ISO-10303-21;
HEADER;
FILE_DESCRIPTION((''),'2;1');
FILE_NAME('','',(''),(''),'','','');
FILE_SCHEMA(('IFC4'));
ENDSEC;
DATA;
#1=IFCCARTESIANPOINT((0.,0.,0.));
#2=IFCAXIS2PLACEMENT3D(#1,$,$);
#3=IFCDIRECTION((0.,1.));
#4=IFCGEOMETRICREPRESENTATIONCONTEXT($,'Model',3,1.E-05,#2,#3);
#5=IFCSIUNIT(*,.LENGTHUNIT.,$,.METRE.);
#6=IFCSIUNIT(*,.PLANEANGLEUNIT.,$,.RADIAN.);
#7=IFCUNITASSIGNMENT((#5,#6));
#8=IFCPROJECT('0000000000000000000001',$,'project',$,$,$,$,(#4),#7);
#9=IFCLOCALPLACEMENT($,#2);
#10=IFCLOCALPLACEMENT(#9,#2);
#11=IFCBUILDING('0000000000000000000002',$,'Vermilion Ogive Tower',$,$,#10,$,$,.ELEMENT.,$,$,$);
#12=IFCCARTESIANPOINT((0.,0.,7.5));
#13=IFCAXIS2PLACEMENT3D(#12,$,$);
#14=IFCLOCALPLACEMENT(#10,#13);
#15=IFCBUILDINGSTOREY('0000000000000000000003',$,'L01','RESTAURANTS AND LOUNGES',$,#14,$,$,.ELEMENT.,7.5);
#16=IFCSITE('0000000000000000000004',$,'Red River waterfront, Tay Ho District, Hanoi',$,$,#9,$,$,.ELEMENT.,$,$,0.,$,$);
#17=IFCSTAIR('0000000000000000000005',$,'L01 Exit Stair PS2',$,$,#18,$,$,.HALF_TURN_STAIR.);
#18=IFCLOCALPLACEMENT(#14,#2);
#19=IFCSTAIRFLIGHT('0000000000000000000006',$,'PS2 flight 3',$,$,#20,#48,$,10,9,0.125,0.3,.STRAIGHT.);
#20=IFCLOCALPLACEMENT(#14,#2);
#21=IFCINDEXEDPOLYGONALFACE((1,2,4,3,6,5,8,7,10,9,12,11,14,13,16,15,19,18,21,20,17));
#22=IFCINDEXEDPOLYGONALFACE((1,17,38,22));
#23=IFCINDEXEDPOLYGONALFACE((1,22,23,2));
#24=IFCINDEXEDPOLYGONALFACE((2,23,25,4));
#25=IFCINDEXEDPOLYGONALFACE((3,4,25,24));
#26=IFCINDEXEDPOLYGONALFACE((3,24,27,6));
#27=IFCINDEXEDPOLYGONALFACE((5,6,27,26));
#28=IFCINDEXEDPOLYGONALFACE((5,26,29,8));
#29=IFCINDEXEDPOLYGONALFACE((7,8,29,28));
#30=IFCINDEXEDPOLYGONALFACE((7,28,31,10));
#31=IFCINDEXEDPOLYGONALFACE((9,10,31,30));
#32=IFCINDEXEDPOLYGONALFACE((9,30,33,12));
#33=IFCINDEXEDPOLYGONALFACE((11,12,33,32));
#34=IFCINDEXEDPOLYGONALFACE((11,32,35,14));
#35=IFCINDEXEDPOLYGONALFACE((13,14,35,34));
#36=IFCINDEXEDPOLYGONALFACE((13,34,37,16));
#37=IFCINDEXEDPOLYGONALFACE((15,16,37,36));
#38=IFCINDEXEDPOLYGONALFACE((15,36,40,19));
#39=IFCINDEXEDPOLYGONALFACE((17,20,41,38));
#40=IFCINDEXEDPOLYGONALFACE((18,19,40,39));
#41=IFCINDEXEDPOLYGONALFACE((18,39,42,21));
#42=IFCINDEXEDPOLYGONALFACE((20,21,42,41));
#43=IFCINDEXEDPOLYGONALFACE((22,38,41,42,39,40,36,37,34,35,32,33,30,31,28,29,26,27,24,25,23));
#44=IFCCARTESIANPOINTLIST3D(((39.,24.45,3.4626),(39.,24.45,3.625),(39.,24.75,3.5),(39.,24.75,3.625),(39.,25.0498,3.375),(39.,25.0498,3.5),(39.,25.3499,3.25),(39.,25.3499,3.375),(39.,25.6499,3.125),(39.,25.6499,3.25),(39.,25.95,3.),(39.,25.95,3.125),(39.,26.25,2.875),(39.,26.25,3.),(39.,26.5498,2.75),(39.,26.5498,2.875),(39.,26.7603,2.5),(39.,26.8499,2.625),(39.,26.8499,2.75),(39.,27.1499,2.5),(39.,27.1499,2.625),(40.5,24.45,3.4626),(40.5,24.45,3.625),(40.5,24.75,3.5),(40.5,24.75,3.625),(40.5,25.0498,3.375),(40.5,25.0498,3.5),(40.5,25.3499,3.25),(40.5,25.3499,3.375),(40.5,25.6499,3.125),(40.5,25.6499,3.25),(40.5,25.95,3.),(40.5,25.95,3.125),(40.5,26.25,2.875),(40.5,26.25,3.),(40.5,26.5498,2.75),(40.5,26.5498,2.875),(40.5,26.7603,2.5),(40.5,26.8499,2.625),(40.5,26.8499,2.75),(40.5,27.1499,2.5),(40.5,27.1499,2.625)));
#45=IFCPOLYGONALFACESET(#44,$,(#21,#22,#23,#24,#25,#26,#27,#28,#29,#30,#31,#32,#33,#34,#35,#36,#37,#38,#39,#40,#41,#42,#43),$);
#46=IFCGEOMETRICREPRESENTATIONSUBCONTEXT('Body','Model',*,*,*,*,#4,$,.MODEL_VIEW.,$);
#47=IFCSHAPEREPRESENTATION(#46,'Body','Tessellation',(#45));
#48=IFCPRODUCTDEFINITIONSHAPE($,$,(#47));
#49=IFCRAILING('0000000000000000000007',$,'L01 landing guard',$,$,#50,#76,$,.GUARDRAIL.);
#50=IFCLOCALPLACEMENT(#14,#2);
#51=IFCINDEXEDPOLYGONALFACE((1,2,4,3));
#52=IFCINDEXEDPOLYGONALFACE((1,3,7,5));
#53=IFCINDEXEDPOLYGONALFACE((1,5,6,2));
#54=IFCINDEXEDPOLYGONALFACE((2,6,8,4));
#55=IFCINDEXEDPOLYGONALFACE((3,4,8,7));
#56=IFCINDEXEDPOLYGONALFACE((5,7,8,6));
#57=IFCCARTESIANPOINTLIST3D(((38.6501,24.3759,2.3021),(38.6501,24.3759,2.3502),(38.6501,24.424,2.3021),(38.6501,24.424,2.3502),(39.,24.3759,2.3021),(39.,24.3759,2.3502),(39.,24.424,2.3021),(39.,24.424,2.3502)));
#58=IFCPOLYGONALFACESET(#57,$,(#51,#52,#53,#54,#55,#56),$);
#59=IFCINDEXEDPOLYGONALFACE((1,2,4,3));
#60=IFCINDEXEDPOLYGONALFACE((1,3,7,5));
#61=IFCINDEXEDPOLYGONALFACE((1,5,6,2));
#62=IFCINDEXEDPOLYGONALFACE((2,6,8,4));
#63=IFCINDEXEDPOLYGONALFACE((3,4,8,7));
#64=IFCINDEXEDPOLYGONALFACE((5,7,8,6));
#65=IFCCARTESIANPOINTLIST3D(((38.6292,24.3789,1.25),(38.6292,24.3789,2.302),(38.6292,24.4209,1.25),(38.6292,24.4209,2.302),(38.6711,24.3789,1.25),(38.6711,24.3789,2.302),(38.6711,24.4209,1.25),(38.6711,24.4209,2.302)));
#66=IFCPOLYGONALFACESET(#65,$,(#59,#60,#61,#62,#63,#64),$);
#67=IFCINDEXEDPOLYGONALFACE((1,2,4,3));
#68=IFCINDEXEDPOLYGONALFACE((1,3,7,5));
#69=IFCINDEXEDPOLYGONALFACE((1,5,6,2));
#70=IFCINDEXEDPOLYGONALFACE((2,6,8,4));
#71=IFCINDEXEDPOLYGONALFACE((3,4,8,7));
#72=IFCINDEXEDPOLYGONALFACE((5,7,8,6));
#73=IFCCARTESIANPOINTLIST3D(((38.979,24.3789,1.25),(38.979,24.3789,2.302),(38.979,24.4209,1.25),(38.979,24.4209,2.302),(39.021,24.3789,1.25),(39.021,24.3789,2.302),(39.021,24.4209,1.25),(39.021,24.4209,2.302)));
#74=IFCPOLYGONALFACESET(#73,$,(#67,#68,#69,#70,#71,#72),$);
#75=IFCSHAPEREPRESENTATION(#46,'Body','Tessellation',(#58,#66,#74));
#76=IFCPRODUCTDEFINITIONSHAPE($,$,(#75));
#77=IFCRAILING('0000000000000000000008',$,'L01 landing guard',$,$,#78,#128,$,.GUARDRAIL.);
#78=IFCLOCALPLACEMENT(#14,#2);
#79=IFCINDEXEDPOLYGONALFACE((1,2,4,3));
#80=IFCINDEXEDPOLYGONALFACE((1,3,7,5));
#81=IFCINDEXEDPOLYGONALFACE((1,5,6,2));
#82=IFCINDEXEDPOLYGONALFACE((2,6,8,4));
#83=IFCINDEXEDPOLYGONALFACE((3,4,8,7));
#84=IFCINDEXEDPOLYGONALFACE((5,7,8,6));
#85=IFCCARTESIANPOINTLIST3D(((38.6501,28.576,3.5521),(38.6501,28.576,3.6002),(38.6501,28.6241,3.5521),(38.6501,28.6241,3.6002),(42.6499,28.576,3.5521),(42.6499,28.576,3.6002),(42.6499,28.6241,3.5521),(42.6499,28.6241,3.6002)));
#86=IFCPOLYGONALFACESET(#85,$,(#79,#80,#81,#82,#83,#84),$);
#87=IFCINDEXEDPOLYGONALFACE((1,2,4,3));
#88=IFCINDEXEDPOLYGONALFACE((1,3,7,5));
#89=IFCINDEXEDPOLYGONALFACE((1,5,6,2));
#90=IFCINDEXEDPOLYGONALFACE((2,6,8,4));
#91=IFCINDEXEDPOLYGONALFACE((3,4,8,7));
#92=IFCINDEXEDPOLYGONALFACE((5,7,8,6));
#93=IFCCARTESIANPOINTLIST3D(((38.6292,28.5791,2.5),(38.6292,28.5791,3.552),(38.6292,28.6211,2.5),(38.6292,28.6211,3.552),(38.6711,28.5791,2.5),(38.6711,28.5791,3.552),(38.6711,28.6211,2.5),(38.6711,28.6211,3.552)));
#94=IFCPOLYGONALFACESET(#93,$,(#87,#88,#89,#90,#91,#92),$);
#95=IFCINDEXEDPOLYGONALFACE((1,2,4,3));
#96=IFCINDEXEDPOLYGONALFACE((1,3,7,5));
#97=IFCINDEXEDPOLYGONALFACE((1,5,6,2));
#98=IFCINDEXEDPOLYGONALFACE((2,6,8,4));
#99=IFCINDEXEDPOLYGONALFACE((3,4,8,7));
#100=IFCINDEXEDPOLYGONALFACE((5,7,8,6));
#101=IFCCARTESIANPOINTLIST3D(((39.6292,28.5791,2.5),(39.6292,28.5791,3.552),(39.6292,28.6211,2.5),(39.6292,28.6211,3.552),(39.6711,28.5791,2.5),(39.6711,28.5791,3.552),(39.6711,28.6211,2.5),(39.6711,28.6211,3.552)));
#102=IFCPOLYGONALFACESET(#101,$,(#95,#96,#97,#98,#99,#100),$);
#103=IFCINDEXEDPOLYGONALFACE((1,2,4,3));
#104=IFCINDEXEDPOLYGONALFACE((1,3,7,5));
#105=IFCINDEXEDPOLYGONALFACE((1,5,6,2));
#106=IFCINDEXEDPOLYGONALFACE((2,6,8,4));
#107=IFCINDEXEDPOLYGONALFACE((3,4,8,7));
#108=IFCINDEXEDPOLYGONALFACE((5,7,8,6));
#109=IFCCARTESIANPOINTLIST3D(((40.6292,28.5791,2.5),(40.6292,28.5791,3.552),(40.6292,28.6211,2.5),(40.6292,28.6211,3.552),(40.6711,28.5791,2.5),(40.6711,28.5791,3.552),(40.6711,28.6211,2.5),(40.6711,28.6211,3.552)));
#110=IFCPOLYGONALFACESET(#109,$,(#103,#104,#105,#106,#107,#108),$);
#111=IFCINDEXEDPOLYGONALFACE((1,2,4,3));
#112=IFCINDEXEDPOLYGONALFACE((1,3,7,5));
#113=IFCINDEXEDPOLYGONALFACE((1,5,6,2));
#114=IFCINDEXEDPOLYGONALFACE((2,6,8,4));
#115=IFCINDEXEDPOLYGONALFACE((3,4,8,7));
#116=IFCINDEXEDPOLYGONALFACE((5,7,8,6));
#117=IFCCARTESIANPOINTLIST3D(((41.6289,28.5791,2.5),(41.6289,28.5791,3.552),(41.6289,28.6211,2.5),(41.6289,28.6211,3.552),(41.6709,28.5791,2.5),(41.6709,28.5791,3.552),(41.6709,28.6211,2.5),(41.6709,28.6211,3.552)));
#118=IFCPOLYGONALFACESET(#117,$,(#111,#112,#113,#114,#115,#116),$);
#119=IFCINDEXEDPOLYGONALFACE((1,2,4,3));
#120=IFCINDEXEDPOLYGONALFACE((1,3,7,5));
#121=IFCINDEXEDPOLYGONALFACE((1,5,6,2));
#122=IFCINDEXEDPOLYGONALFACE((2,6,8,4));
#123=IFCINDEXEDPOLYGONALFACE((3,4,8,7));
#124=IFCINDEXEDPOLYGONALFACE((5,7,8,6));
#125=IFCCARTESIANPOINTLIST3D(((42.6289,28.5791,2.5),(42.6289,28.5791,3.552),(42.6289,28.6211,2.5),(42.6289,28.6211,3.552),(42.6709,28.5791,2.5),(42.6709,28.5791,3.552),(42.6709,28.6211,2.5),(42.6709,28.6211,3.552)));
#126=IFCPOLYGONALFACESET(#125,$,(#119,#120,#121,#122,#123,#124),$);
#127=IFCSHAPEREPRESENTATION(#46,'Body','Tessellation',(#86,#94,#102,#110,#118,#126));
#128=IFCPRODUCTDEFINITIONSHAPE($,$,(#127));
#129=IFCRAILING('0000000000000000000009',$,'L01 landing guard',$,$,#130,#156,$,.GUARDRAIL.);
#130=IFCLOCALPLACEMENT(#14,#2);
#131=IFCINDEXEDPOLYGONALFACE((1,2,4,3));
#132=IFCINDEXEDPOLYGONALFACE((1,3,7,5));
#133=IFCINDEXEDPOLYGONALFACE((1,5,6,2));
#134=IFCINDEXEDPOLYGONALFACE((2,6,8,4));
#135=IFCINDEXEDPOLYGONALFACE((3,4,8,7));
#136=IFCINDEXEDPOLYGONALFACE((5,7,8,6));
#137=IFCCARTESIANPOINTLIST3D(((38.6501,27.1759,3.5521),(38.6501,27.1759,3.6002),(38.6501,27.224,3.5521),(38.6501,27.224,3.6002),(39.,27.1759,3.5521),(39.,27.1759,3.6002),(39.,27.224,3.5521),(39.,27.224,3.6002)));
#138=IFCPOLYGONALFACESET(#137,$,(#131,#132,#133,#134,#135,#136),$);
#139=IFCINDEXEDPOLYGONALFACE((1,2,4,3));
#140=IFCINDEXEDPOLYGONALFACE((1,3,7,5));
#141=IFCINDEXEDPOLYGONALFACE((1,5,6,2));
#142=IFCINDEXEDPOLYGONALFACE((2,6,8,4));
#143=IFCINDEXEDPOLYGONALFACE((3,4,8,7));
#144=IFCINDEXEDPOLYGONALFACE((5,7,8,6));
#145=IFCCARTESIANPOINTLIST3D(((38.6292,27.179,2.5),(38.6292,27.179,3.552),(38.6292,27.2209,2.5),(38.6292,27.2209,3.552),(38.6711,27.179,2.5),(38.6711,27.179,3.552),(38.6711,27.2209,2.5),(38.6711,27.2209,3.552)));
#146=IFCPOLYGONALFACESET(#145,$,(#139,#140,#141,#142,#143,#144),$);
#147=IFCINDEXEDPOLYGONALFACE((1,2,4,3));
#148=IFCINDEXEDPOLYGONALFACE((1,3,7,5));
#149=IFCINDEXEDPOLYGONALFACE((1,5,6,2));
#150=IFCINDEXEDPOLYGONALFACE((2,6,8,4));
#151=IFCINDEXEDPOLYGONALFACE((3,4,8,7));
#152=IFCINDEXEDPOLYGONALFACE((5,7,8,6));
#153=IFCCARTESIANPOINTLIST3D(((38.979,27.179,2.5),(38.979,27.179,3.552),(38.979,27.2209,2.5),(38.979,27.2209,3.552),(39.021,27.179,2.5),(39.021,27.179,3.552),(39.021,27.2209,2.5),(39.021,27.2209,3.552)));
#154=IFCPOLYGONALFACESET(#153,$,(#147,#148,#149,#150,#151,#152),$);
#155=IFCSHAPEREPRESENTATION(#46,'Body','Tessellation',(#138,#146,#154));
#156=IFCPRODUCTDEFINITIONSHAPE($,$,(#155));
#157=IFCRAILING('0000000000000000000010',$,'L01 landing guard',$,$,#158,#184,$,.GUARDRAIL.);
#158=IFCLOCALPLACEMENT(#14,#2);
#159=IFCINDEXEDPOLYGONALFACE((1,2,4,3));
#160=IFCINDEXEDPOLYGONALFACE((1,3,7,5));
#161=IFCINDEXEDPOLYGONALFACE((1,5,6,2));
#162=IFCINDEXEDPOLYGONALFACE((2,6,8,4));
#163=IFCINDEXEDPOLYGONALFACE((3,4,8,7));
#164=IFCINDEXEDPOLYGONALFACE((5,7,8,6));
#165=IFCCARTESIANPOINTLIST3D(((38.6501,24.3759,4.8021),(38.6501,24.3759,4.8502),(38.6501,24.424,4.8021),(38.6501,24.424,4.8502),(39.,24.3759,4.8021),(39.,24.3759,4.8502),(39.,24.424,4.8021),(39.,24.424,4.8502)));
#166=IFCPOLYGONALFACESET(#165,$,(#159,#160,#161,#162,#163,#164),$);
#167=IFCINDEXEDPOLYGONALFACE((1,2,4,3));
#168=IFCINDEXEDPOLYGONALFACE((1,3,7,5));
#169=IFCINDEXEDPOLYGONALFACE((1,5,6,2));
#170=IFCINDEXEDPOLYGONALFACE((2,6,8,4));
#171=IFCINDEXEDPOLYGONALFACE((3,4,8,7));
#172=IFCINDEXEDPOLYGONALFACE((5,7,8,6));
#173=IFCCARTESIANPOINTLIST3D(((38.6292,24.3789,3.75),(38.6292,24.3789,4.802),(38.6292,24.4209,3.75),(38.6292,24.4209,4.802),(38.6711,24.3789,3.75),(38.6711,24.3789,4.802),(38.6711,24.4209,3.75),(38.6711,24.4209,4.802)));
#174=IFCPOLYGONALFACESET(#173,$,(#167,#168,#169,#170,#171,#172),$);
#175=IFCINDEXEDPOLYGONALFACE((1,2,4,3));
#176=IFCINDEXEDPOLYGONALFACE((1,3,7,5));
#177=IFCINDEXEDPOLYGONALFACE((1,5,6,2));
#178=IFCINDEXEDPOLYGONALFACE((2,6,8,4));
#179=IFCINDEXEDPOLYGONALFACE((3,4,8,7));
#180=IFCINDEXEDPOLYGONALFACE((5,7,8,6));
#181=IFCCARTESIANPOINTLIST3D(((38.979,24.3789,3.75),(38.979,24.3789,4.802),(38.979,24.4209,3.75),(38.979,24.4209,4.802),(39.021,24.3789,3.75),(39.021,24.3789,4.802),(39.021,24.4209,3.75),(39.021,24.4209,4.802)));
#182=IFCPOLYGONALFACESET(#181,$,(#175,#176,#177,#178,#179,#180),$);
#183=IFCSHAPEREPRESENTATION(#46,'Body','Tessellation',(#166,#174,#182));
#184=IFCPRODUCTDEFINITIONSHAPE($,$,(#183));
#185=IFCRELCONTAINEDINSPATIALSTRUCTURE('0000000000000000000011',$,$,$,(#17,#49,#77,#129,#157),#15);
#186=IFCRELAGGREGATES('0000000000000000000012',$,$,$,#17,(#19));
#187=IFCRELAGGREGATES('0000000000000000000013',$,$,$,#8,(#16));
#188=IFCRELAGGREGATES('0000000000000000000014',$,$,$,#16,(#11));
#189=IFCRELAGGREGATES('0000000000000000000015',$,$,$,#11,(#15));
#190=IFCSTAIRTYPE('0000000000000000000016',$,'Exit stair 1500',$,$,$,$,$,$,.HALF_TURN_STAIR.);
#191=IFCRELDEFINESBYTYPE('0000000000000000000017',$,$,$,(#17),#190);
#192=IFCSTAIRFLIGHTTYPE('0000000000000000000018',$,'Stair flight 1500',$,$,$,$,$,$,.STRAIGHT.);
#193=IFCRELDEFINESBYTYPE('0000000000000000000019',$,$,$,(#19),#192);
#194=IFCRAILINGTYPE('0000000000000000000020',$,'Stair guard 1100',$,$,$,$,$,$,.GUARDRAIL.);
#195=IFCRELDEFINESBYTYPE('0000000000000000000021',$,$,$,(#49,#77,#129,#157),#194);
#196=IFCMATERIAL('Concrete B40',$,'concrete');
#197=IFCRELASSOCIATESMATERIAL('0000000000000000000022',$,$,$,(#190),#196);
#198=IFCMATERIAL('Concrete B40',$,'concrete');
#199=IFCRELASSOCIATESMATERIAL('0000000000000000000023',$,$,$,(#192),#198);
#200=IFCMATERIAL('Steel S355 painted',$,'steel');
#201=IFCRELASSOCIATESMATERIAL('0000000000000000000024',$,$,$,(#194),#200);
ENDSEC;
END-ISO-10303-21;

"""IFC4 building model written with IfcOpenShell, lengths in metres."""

from ifc_helpers import new_model, si_unit, direction, frame, origin, origin_2d, place, context, subcontext, project, spatial, polyline, rectangle, outline, extrude, material, type_object, element, aggregate, save


model = new_model("IFC4")

# Units and contexts
model_context = context("Model", 3, precision=1e-05, world=origin(), true_north=direction((0.0, 1.0)))
body_context = subcontext(model_context, "Body", "Model", "MODEL_VIEW")
ifc_project = project(units=[si_unit("LENGTHUNIT", "METRE"), si_unit("PLANEANGLEUNIT", "RADIAN")], contexts=[model_context])

# Site, building, storey
site_placement = place(None, origin())
site = spatial("IfcSite", under=ifc_project, at=site_placement, Name="Red River waterfront, Tay Ho District, Hanoi", CompositionType="ELEMENT", RefElevation=0.0)
building_placement = place(site_placement, origin())
building = spatial("IfcBuilding", under=site, at=building_placement, Name="Vermilion Ogive Tower", CompositionType="ELEMENT")
storey_placement = place(building_placement, frame((0.0, 0.0, 7.5)))
storey = spatial("IfcBuildingStorey", under=building, at=storey_placement, Name="L01", Description="RESTAURANTS AND LOUNGES", CompositionType="ELEMENT", Elevation=7.5)

# Stair, stair flight
ifc_material_1 = material(Name="Concrete B40", Category="concrete")
stair_type = type_object("IfcStairType", Name="Exit stair 1500", PredefinedType="HALF_TURN_STAIR", material=ifc_material_1)
stair_placement = place(storey_placement, origin())
stair = element("IfcStair", 1, at=stair_placement, inside=storey, type_object=stair_type, Name="L01 Exit Stair PS2", PredefinedType="HALF_TURN_STAIR")
ifc_material_2 = material(Name="Concrete B40", Category="concrete")
stair_flight_type = type_object("IfcStairFlightType", Name="Stair flight 1500", PredefinedType="STRAIGHT", material=ifc_material_2)
stair_flight_1_placement = place(storey_placement, frame((39.75, 27.1499, 2.5), z_axis=(0.0, 0.0, 1.0), x_axis=(0.0, -1.0, 0.0)))
stair_flight_1 = element("IfcStairFlight", 2, at=stair_flight_1_placement, type_object=stair_flight_type, Name="PS2 flight 3", NumberOfRisers=10, NumberOfTreads=9, PredefinedType="STRAIGHT", RiserHeight=0.125, TreadLength=0.3, context=body_context, shape_type="SweptSolid", body=[
    extrude(outline(polyline([(0.0, 0.0), (0.0, 0.125), (0.3, 0.125), (0.3, 0.25), (0.6001, 0.25), (0.6001, 0.375), (0.8999, 0.375), (0.8999, 0.5), (1.2, 0.5), (1.2, 0.625), (1.5, 0.625), (1.5, 0.75), (1.8, 0.75), (1.8, 0.875), (2.1001, 0.875), (2.1001, 1.0), (2.3999, 1.0), (2.3999, 1.125), (2.7, 1.125), (2.7, 1.25), (2.7, 0.9626), (0.3896, 0.0), (0.0, 0.0)])), frame((0.0, 0.75, 0.0), z_axis=(0.0, -1.0, 0.0), x_axis=(1.0, 0.0, 0.0)), (0.0, 0.0, 1.0), 1.5),
])
aggregate(stair, [stair_flight_1])

# Railings
ifc_material_3 = material(Name="Steel S355 painted", Category="steel")
railing_type_1 = type_object("IfcRailingType", Name="Stair guard 1100", PredefinedType="GUARDRAIL", material=ifc_material_3)
railing_1_placement = place(storey_placement, frame((38.6501, 24.3999, 1.25)))
element("IfcRailing", 3, at=railing_1_placement, inside=storey, type_object=railing_type_1, Name="L01 landing guard", PredefinedType="GUARDRAIL", context=body_context, shape_type="SweptSolid", body=[
    extrude(rectangle(XDim=0.0481, YDim=0.0481, at=origin_2d()), frame((0.0, 0.0, 1.0762), z_axis=(1.0, 0.0, 0.0), x_axis=(0.0, 1.0, 0.0)), (0.0, 0.0, 1.0), 0.3499),
    extrude(rectangle(XDim=0.042, YDim=0.042, at=origin_2d()), origin(), (0.0, 0.0, 1.0), 1.052),
    extrude(rectangle(XDim=0.042, YDim=0.042, at=origin_2d()), frame((0.3499, 0.0, 0.0)), (0.0, 0.0, 1.0), 1.052),
])
railing_2_placement = place(storey_placement, frame((38.6501, 28.6001, 2.5)))
element("IfcRailing", 4, at=railing_2_placement, inside=storey, type_object=railing_type_1, Name="L01 landing guard", PredefinedType="GUARDRAIL", context=body_context, shape_type="SweptSolid", body=[
    extrude(rectangle(XDim=0.0481, YDim=0.0481, at=origin_2d()), frame((0.0, 0.0, 1.0762), z_axis=(1.0, 0.0, 0.0), x_axis=(0.0, 1.0, 0.0)), (0.0, 0.0, 1.0), 3.9998),
    extrude(rectangle(XDim=0.042, YDim=0.042, at=origin_2d()), origin(), (0.0, 0.0, 1.0), 1.052),
    extrude(rectangle(XDim=0.042, YDim=0.042, at=origin_2d()), frame((1.0, 0.0, 0.0)), (0.0, 0.0, 1.0), 1.052),
    extrude(rectangle(XDim=0.042, YDim=0.042, at=origin_2d()), frame((2.0, 0.0, 0.0)), (0.0, 0.0, 1.0), 1.052),
    extrude(rectangle(XDim=0.042, YDim=0.042, at=origin_2d()), frame((2.9998, 0.0, 0.0)), (0.0, 0.0, 1.0), 1.052),
    extrude(rectangle(XDim=0.042, YDim=0.042, at=origin_2d()), frame((3.9998, 0.0, 0.0)), (0.0, 0.0, 1.0), 1.052),
])
for number, where, name in (
    (5, (38.6501, 27.2, 2.5), "L01 landing guard"),
    (6, (38.6501, 24.3999, 3.75), "L01 landing guard"),
):
    element("IfcRailing", number, at=place(storey_placement, frame(where)), inside=storey, type_object=railing_type_1, Name=name, PredefinedType="GUARDRAIL", context=body_context, shape_type="SweptSolid", body=[
        extrude(rectangle(XDim=0.0481, YDim=0.0481, at=origin_2d()), frame((0.0, 0.0, 1.0762), z_axis=(1.0, 0.0, 0.0), x_axis=(0.0, 1.0, 0.0)), (0.0, 0.0, 1.0), 0.3499),
        extrude(rectangle(XDim=0.042, YDim=0.042, at=origin_2d()), origin(), (0.0, 0.0, 1.0), 1.052),
        extrude(rectangle(XDim=0.042, YDim=0.042, at=origin_2d()), frame((0.3499, 0.0, 0.0)), (0.0, 0.0, 1.0), 1.052),
    ])

save(model, "model.ifc")
